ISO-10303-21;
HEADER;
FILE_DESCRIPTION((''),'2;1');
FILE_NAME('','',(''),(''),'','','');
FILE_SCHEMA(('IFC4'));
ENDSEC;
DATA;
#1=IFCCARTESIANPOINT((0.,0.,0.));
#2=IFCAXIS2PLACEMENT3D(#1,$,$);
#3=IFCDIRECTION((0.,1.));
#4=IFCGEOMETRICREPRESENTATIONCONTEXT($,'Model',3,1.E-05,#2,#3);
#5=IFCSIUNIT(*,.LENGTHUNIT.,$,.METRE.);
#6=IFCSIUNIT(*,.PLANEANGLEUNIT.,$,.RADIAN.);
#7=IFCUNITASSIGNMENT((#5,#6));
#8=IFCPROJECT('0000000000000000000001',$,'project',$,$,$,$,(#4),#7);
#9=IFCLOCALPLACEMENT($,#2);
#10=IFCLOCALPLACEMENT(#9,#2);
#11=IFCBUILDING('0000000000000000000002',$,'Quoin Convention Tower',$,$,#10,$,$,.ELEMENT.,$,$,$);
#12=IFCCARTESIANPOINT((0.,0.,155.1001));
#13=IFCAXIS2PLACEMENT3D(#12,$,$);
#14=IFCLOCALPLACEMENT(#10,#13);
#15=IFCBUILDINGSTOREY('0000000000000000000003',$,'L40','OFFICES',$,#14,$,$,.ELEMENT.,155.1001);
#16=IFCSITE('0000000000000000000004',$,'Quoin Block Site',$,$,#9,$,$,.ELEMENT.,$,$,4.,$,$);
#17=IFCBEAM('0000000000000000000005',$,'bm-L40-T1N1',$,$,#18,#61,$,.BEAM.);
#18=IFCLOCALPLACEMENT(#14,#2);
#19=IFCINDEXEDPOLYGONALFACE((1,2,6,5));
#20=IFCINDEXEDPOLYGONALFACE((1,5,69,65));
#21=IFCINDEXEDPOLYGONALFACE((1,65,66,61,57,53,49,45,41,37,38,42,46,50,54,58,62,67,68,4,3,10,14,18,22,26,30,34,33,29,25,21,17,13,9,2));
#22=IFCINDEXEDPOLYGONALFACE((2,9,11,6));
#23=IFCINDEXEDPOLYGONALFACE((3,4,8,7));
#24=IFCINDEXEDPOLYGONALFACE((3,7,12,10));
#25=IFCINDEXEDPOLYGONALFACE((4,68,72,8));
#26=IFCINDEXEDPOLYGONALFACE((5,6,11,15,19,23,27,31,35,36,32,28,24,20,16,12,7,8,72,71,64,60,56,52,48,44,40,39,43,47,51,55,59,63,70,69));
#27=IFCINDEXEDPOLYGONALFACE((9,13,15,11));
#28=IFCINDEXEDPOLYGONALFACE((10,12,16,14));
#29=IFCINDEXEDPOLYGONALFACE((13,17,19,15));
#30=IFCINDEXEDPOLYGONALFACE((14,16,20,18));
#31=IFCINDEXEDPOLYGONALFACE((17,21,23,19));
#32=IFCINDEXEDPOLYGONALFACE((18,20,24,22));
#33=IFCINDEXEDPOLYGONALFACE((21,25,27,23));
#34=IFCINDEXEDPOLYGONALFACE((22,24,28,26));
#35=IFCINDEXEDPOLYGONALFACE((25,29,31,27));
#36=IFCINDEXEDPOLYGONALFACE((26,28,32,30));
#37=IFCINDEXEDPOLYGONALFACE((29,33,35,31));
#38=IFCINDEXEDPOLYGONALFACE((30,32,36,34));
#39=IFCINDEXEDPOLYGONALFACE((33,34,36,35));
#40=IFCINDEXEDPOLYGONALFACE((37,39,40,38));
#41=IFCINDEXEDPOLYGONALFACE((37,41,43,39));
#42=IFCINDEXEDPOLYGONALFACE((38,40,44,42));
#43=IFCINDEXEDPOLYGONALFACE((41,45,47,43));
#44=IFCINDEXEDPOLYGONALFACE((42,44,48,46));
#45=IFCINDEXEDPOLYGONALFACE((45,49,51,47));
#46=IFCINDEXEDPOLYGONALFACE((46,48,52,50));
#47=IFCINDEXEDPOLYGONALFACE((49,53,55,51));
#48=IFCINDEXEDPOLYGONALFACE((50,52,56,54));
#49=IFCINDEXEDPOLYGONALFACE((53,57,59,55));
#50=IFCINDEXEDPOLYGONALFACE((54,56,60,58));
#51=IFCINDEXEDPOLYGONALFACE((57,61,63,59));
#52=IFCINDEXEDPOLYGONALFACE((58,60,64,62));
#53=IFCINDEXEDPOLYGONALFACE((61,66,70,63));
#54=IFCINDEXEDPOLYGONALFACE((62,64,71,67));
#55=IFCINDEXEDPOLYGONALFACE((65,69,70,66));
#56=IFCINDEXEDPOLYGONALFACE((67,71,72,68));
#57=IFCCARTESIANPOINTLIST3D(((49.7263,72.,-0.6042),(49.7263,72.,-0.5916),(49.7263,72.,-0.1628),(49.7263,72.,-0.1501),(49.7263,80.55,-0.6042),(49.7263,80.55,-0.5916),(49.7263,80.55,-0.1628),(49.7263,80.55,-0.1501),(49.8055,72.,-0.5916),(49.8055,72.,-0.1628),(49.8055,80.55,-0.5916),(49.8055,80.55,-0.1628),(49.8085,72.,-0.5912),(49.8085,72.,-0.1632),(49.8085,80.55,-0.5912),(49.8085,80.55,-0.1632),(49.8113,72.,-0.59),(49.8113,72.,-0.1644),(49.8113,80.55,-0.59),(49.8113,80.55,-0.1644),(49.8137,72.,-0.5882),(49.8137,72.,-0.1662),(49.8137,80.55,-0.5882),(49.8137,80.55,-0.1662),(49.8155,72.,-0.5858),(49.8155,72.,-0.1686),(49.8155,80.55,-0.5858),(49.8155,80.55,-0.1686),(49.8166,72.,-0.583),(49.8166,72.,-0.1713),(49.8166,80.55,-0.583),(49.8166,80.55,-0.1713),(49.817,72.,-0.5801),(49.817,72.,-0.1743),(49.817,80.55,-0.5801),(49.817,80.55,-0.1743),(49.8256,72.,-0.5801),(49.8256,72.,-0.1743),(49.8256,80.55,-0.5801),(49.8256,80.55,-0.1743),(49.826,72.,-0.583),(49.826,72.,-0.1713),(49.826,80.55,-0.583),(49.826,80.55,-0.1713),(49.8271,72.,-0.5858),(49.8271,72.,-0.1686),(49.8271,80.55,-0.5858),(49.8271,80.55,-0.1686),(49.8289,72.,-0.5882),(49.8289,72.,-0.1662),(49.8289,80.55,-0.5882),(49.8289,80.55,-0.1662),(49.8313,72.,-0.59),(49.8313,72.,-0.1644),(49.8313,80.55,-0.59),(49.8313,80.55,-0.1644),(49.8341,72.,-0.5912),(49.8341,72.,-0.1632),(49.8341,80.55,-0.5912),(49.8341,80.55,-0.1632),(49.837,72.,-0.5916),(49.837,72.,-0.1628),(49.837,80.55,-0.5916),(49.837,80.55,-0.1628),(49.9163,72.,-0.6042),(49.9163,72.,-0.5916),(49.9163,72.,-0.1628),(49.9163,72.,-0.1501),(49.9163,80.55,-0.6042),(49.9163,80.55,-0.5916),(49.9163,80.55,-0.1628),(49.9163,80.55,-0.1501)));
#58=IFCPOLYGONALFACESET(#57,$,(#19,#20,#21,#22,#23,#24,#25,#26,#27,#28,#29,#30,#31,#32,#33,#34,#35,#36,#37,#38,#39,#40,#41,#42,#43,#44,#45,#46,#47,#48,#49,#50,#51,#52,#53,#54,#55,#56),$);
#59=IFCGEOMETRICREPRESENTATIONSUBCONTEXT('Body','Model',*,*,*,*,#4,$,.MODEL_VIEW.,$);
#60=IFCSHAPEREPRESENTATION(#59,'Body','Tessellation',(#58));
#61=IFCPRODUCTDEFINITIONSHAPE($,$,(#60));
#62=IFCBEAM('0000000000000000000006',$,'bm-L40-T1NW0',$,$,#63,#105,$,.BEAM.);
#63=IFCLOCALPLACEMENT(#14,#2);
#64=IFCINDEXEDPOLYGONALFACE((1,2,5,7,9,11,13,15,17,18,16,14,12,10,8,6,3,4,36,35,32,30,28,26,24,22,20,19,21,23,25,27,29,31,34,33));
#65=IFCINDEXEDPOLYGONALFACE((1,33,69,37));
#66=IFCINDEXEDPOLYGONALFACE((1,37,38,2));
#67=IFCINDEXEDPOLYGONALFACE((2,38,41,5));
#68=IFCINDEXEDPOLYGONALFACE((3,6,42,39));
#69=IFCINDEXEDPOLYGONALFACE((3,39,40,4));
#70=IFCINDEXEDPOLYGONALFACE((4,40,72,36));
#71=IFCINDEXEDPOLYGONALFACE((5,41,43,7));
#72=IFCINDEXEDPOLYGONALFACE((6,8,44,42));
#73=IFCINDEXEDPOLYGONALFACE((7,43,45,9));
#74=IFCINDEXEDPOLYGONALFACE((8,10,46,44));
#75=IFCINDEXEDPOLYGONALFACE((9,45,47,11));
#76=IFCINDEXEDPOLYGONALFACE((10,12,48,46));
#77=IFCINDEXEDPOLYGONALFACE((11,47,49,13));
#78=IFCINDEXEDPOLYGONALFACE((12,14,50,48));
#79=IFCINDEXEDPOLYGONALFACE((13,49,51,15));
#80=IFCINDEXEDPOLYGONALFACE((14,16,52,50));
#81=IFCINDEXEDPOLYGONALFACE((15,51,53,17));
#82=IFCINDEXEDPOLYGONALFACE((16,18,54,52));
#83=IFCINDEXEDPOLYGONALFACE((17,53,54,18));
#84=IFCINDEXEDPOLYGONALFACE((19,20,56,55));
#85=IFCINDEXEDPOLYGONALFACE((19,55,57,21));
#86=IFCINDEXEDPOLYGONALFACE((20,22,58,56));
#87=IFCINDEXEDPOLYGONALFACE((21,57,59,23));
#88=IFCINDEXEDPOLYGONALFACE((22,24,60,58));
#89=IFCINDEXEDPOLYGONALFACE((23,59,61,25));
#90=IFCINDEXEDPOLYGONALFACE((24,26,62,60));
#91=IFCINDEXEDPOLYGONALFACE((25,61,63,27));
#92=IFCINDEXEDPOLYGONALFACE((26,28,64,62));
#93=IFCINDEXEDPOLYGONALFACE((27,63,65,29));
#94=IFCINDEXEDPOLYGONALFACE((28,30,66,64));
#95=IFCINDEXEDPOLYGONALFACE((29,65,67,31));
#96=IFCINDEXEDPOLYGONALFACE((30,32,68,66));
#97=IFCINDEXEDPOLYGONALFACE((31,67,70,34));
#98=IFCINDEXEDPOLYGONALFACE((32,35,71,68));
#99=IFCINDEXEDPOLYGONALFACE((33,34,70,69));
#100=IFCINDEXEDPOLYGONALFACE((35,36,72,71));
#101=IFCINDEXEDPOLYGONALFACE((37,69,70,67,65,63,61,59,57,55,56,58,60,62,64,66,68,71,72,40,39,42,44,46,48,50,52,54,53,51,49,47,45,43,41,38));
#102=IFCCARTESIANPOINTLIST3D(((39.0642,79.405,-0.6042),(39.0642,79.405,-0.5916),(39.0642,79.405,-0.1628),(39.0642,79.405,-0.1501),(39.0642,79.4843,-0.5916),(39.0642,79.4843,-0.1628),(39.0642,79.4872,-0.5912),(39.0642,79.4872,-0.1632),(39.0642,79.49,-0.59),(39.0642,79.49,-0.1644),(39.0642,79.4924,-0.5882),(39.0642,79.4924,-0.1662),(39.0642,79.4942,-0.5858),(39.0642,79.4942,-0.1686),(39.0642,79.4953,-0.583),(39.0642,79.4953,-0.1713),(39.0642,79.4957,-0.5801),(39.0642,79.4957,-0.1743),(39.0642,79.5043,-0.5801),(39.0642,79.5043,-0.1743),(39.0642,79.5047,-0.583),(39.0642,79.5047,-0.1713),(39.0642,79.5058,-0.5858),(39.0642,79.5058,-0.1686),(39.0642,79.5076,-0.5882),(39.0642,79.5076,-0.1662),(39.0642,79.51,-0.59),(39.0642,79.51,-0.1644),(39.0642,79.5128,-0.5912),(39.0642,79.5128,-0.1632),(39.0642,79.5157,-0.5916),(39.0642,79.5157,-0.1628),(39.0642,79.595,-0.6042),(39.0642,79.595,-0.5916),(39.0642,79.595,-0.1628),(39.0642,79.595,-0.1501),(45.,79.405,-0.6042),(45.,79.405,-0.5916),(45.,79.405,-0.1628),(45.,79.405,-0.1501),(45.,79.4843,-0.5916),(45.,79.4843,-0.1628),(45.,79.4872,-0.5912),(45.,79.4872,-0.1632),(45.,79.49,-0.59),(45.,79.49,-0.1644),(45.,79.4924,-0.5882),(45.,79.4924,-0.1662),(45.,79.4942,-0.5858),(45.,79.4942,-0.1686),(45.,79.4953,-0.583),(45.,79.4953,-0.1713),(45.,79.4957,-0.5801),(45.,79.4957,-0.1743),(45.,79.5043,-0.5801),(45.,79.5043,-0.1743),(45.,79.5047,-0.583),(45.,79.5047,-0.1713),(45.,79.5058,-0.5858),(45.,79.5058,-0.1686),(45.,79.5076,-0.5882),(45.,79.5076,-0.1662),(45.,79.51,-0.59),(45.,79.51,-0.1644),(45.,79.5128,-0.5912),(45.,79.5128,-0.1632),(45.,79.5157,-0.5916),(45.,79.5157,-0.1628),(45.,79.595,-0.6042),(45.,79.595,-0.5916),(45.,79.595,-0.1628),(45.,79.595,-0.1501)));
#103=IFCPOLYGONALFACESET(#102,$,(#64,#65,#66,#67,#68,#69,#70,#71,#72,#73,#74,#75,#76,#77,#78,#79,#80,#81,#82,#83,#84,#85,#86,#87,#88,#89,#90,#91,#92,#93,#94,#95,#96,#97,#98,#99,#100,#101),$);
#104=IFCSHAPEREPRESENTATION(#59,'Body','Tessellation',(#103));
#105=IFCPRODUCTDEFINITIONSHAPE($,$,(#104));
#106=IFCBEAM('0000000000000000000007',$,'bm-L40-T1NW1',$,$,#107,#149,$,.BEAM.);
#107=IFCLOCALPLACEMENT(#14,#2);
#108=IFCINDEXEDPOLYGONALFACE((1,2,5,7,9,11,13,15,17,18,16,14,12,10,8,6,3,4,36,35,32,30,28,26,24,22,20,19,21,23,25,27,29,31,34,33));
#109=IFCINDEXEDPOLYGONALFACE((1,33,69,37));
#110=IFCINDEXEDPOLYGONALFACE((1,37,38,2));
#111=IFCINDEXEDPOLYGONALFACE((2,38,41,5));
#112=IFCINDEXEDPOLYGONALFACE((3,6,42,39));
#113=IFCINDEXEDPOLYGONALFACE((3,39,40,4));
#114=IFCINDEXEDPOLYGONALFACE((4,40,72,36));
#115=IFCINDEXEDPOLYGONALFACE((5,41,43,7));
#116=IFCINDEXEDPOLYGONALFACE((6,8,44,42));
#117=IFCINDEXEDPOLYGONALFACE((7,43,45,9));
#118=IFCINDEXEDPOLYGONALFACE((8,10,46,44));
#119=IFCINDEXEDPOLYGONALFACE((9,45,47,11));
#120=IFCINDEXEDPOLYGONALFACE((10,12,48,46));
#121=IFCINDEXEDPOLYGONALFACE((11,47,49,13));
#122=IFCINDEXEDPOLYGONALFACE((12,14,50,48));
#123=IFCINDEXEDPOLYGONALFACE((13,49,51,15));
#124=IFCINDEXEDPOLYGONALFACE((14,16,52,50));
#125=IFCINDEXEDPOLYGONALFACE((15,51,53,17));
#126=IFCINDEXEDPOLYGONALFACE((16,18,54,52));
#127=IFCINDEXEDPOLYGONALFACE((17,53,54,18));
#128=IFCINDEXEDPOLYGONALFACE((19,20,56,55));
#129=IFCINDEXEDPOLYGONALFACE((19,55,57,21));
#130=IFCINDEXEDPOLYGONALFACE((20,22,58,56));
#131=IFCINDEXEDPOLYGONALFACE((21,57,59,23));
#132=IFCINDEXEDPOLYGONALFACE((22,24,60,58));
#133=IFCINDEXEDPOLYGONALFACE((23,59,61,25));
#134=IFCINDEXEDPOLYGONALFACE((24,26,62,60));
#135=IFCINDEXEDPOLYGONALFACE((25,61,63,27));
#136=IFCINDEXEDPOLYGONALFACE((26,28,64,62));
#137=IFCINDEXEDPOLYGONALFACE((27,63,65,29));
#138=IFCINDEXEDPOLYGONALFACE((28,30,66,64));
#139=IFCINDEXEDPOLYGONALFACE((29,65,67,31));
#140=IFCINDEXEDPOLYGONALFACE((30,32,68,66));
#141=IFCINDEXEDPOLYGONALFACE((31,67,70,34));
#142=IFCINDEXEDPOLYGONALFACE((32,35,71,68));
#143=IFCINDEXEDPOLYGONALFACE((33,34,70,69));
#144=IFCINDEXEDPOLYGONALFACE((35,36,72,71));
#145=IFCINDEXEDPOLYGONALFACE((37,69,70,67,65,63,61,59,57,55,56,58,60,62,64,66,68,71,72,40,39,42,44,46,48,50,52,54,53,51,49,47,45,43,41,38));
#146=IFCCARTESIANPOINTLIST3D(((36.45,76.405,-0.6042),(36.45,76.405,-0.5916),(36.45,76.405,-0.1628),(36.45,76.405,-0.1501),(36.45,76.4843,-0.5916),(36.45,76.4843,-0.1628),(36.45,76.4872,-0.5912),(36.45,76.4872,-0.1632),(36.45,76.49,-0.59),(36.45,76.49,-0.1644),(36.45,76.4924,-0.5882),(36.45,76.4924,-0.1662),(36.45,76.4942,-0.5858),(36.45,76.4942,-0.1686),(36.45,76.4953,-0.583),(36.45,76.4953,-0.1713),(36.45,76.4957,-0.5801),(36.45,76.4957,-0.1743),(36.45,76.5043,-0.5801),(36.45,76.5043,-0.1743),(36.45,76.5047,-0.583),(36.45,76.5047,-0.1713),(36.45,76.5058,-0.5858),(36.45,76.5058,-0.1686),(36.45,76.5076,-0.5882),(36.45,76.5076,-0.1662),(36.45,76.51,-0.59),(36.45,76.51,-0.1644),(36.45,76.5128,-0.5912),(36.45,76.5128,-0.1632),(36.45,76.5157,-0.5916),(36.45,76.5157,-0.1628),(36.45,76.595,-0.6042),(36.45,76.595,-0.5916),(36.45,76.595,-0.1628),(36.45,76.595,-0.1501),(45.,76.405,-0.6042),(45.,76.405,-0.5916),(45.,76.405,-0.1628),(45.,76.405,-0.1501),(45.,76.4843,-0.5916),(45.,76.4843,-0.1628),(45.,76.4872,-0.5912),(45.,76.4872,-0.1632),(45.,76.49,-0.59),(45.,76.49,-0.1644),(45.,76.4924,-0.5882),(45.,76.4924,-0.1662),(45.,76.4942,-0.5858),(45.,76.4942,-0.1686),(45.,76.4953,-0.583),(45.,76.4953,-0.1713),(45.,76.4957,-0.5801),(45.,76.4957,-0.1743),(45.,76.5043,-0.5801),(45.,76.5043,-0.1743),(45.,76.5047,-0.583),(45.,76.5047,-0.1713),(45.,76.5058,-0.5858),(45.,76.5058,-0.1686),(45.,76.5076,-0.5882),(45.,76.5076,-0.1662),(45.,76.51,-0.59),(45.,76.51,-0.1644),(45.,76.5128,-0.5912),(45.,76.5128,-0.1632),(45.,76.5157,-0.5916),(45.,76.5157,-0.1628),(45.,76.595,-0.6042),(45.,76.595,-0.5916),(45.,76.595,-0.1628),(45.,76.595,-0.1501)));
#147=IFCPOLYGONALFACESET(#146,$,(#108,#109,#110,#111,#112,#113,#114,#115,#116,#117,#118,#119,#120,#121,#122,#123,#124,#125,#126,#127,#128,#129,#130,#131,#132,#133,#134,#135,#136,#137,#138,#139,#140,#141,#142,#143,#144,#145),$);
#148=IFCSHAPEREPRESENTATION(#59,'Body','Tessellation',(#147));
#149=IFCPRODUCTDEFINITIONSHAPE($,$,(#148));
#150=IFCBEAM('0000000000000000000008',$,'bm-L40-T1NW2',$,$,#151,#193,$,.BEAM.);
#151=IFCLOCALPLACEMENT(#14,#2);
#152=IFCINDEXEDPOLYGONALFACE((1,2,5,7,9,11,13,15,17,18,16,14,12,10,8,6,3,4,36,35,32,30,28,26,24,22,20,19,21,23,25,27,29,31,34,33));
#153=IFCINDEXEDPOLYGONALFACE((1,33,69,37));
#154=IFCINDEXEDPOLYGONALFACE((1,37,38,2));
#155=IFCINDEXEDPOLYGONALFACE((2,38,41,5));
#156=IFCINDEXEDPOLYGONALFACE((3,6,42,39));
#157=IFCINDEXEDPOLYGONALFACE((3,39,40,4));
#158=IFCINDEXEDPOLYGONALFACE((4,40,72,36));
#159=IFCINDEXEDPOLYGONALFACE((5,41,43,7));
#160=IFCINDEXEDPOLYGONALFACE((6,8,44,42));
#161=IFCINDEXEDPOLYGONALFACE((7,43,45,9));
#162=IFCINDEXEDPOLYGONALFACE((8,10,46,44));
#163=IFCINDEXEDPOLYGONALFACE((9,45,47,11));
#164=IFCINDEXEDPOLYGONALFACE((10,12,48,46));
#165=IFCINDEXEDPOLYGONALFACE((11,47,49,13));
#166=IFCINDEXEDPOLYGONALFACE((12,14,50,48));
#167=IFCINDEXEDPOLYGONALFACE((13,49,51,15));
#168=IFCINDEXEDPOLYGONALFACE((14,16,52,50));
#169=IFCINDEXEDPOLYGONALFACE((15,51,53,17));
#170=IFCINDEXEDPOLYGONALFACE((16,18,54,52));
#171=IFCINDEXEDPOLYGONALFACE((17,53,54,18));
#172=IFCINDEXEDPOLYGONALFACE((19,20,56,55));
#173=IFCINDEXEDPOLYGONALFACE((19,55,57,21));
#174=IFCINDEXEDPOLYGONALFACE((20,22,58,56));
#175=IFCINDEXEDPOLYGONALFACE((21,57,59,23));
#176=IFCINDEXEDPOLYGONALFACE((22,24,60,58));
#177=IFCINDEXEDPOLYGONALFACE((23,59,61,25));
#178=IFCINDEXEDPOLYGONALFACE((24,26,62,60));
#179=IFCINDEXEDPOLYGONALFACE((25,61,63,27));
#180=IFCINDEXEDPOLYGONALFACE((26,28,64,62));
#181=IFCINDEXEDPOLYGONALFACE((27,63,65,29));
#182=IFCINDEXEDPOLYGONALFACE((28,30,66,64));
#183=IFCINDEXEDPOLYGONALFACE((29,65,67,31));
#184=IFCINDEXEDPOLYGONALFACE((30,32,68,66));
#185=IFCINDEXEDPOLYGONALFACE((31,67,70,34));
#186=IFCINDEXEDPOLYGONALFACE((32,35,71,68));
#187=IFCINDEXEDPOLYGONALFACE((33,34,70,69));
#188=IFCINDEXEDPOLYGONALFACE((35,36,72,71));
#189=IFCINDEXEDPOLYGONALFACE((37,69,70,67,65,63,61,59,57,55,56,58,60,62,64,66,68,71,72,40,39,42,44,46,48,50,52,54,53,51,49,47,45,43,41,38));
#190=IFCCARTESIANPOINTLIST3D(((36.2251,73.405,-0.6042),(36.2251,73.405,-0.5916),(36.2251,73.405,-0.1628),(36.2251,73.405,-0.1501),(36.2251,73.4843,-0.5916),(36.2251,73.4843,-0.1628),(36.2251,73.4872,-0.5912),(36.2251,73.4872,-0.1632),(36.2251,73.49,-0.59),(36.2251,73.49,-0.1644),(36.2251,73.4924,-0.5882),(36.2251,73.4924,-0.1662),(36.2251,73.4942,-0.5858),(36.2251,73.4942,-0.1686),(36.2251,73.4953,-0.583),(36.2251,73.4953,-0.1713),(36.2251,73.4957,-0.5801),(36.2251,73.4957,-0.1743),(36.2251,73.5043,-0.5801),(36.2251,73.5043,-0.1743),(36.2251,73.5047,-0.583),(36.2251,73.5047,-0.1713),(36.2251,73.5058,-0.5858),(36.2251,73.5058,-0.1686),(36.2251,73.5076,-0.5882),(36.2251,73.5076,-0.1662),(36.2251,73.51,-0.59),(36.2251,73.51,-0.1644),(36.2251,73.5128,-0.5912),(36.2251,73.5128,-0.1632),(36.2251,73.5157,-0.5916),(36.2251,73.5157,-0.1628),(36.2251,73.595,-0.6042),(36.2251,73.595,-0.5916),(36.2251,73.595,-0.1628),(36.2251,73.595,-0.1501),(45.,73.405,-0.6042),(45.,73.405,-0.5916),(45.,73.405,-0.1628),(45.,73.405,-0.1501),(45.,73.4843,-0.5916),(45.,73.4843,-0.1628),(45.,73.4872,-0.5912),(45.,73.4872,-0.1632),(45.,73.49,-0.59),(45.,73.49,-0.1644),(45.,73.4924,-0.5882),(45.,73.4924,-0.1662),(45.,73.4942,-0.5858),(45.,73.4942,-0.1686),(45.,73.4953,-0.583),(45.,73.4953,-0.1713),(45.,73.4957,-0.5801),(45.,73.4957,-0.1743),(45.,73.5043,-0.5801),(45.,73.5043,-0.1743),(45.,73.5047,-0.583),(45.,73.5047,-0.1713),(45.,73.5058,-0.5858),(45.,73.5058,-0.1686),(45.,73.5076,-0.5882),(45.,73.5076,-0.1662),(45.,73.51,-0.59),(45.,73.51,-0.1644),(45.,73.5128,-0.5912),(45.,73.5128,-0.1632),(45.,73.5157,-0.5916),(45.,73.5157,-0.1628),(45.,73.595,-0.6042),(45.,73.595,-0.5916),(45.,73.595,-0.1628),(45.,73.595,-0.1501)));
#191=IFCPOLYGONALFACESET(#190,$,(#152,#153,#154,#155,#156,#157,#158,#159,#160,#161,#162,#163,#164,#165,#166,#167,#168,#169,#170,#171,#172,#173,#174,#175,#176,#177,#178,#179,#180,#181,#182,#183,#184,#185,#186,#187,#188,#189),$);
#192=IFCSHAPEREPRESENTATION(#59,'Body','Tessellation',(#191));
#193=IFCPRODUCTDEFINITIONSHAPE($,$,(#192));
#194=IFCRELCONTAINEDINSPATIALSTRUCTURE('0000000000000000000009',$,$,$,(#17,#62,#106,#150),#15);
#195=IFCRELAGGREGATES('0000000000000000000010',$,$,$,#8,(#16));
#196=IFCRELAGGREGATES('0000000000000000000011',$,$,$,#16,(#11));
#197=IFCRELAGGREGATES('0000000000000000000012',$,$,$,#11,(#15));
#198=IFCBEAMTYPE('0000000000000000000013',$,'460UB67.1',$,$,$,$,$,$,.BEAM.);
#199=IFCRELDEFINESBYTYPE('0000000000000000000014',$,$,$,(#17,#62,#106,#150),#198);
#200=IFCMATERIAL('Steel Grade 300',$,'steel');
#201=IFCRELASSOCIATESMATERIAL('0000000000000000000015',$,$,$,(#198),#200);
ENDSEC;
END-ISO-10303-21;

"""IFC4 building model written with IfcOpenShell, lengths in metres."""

from ifc_helpers import new_model, si_unit, direction, frame, origin, origin_2d, place, context, subcontext, project, spatial, i_section, extrude, material, material_profile, profile_set, type_object, element, save


model = new_model("IFC4")

# Units and contexts
model_context = context("Model", 3, precision=1e-05, world=origin(), true_north=direction((0.0, 1.0)))
body_context = subcontext(model_context, "Body", "Model", "MODEL_VIEW")
ifc_project = project(units=[si_unit("LENGTHUNIT", "METRE"), si_unit("PLANEANGLEUNIT", "RADIAN")], contexts=[model_context])

# Site, building, storey
site_placement = place(None, origin())
site = spatial("IfcSite", under=ifc_project, at=site_placement, Name="Quoin Block Site", CompositionType="ELEMENT", RefElevation=4.0)
building_placement = place(site_placement, origin())
building = spatial("IfcBuilding", under=site, at=building_placement, Name="Quoin Convention Tower", CompositionType="ELEMENT")
storey_placement = place(building_placement, frame((0.0, 0.0, 155.1001)))
storey = spatial("IfcBuildingStorey", under=building, at=storey_placement, Name="L40", Description="OFFICES", CompositionType="ELEMENT", Elevation=155.1001)

# Beams
ifc_material_1 = material(Name="Steel Grade 300", Category="steel")
ifc_material_profile_1 = material_profile(ifc_material_1, i_section(OverallWidth=0.1899, OverallDepth=0.4541, WebThickness=0.0085, FlangeThickness=0.0127, FilletRadius=0.0115, at=origin_2d()), Name="460UB67.1")
ifc_profile_set_1 = profile_set([ifc_material_profile_1], Name="Steel Grade 300")
beam_type_1 = type_object("IfcBeamType", Name="460UB67.1", PredefinedType="BEAM", material=ifc_profile_set_1)
beam_1_placement = place(storey_placement, frame((49.8213, 72.0, -0.3772), z_axis=(0.0, 1.0, 0.0), x_axis=(-1.0, 0.0, 0.0)))
element("IfcBeam", 1, at=beam_1_placement, inside=storey, type_object=beam_type_1, Name="bm-L40-T1N1", PredefinedType="BEAM", context=body_context, shape_type="SweptSolid", body=[
    extrude(i_section(OverallWidth=0.1899, OverallDepth=0.4541, WebThickness=0.0085, FlangeThickness=0.0127, FilletRadius=0.0115, at=origin_2d()), origin(), (0.0, 0.0, 1.0), 8.55),
])
beam_2_placement = place(storey_placement, frame((39.0642, 79.5, -0.3772), z_axis=(1.0, 0.0, 0.0), x_axis=(0.0, 1.0, 0.0)))
element("IfcBeam", 2, at=beam_2_placement, inside=storey, type_object=beam_type_1, Name="bm-L40-T1NW0", PredefinedType="BEAM", context=body_context, shape_type="SweptSolid", body=[
    extrude(i_section(OverallWidth=0.1899, OverallDepth=0.4541, WebThickness=0.0085, FlangeThickness=0.0127, FilletRadius=0.0115, at=origin_2d()), origin(), (0.0, 0.0, 1.0), 5.9358),
])
beam_3_placement = place(storey_placement, frame((36.45, 76.5, -0.3772), z_axis=(1.0, 0.0, 0.0), x_axis=(0.0, 1.0, 0.0)))
element("IfcBeam", 3, at=beam_3_placement, inside=storey, type_object=beam_type_1, Name="bm-L40-T1NW1", PredefinedType="BEAM", context=body_context, shape_type="SweptSolid", body=[
    extrude(i_section(OverallWidth=0.1899, OverallDepth=0.4541, WebThickness=0.0085, FlangeThickness=0.0127, FilletRadius=0.0115, at=origin_2d()), origin(), (0.0, 0.0, 1.0), 8.55),
])
beam_4_placement = place(storey_placement, frame((36.2251, 73.5, -0.3772), z_axis=(1.0, 0.0, 0.0), x_axis=(0.0, 1.0, 0.0)))
element("IfcBeam", 4, at=beam_4_placement, inside=storey, type_object=beam_type_1, Name="bm-L40-T1NW2", PredefinedType="BEAM", context=body_context, shape_type="SweptSolid", body=[
    extrude(i_section(OverallWidth=0.1899, OverallDepth=0.4541, WebThickness=0.0085, FlangeThickness=0.0127, FilletRadius=0.0115, at=origin_2d()), origin(), (0.0, 0.0, 1.0), 8.7749),
])

save(model, "model.ifc")
